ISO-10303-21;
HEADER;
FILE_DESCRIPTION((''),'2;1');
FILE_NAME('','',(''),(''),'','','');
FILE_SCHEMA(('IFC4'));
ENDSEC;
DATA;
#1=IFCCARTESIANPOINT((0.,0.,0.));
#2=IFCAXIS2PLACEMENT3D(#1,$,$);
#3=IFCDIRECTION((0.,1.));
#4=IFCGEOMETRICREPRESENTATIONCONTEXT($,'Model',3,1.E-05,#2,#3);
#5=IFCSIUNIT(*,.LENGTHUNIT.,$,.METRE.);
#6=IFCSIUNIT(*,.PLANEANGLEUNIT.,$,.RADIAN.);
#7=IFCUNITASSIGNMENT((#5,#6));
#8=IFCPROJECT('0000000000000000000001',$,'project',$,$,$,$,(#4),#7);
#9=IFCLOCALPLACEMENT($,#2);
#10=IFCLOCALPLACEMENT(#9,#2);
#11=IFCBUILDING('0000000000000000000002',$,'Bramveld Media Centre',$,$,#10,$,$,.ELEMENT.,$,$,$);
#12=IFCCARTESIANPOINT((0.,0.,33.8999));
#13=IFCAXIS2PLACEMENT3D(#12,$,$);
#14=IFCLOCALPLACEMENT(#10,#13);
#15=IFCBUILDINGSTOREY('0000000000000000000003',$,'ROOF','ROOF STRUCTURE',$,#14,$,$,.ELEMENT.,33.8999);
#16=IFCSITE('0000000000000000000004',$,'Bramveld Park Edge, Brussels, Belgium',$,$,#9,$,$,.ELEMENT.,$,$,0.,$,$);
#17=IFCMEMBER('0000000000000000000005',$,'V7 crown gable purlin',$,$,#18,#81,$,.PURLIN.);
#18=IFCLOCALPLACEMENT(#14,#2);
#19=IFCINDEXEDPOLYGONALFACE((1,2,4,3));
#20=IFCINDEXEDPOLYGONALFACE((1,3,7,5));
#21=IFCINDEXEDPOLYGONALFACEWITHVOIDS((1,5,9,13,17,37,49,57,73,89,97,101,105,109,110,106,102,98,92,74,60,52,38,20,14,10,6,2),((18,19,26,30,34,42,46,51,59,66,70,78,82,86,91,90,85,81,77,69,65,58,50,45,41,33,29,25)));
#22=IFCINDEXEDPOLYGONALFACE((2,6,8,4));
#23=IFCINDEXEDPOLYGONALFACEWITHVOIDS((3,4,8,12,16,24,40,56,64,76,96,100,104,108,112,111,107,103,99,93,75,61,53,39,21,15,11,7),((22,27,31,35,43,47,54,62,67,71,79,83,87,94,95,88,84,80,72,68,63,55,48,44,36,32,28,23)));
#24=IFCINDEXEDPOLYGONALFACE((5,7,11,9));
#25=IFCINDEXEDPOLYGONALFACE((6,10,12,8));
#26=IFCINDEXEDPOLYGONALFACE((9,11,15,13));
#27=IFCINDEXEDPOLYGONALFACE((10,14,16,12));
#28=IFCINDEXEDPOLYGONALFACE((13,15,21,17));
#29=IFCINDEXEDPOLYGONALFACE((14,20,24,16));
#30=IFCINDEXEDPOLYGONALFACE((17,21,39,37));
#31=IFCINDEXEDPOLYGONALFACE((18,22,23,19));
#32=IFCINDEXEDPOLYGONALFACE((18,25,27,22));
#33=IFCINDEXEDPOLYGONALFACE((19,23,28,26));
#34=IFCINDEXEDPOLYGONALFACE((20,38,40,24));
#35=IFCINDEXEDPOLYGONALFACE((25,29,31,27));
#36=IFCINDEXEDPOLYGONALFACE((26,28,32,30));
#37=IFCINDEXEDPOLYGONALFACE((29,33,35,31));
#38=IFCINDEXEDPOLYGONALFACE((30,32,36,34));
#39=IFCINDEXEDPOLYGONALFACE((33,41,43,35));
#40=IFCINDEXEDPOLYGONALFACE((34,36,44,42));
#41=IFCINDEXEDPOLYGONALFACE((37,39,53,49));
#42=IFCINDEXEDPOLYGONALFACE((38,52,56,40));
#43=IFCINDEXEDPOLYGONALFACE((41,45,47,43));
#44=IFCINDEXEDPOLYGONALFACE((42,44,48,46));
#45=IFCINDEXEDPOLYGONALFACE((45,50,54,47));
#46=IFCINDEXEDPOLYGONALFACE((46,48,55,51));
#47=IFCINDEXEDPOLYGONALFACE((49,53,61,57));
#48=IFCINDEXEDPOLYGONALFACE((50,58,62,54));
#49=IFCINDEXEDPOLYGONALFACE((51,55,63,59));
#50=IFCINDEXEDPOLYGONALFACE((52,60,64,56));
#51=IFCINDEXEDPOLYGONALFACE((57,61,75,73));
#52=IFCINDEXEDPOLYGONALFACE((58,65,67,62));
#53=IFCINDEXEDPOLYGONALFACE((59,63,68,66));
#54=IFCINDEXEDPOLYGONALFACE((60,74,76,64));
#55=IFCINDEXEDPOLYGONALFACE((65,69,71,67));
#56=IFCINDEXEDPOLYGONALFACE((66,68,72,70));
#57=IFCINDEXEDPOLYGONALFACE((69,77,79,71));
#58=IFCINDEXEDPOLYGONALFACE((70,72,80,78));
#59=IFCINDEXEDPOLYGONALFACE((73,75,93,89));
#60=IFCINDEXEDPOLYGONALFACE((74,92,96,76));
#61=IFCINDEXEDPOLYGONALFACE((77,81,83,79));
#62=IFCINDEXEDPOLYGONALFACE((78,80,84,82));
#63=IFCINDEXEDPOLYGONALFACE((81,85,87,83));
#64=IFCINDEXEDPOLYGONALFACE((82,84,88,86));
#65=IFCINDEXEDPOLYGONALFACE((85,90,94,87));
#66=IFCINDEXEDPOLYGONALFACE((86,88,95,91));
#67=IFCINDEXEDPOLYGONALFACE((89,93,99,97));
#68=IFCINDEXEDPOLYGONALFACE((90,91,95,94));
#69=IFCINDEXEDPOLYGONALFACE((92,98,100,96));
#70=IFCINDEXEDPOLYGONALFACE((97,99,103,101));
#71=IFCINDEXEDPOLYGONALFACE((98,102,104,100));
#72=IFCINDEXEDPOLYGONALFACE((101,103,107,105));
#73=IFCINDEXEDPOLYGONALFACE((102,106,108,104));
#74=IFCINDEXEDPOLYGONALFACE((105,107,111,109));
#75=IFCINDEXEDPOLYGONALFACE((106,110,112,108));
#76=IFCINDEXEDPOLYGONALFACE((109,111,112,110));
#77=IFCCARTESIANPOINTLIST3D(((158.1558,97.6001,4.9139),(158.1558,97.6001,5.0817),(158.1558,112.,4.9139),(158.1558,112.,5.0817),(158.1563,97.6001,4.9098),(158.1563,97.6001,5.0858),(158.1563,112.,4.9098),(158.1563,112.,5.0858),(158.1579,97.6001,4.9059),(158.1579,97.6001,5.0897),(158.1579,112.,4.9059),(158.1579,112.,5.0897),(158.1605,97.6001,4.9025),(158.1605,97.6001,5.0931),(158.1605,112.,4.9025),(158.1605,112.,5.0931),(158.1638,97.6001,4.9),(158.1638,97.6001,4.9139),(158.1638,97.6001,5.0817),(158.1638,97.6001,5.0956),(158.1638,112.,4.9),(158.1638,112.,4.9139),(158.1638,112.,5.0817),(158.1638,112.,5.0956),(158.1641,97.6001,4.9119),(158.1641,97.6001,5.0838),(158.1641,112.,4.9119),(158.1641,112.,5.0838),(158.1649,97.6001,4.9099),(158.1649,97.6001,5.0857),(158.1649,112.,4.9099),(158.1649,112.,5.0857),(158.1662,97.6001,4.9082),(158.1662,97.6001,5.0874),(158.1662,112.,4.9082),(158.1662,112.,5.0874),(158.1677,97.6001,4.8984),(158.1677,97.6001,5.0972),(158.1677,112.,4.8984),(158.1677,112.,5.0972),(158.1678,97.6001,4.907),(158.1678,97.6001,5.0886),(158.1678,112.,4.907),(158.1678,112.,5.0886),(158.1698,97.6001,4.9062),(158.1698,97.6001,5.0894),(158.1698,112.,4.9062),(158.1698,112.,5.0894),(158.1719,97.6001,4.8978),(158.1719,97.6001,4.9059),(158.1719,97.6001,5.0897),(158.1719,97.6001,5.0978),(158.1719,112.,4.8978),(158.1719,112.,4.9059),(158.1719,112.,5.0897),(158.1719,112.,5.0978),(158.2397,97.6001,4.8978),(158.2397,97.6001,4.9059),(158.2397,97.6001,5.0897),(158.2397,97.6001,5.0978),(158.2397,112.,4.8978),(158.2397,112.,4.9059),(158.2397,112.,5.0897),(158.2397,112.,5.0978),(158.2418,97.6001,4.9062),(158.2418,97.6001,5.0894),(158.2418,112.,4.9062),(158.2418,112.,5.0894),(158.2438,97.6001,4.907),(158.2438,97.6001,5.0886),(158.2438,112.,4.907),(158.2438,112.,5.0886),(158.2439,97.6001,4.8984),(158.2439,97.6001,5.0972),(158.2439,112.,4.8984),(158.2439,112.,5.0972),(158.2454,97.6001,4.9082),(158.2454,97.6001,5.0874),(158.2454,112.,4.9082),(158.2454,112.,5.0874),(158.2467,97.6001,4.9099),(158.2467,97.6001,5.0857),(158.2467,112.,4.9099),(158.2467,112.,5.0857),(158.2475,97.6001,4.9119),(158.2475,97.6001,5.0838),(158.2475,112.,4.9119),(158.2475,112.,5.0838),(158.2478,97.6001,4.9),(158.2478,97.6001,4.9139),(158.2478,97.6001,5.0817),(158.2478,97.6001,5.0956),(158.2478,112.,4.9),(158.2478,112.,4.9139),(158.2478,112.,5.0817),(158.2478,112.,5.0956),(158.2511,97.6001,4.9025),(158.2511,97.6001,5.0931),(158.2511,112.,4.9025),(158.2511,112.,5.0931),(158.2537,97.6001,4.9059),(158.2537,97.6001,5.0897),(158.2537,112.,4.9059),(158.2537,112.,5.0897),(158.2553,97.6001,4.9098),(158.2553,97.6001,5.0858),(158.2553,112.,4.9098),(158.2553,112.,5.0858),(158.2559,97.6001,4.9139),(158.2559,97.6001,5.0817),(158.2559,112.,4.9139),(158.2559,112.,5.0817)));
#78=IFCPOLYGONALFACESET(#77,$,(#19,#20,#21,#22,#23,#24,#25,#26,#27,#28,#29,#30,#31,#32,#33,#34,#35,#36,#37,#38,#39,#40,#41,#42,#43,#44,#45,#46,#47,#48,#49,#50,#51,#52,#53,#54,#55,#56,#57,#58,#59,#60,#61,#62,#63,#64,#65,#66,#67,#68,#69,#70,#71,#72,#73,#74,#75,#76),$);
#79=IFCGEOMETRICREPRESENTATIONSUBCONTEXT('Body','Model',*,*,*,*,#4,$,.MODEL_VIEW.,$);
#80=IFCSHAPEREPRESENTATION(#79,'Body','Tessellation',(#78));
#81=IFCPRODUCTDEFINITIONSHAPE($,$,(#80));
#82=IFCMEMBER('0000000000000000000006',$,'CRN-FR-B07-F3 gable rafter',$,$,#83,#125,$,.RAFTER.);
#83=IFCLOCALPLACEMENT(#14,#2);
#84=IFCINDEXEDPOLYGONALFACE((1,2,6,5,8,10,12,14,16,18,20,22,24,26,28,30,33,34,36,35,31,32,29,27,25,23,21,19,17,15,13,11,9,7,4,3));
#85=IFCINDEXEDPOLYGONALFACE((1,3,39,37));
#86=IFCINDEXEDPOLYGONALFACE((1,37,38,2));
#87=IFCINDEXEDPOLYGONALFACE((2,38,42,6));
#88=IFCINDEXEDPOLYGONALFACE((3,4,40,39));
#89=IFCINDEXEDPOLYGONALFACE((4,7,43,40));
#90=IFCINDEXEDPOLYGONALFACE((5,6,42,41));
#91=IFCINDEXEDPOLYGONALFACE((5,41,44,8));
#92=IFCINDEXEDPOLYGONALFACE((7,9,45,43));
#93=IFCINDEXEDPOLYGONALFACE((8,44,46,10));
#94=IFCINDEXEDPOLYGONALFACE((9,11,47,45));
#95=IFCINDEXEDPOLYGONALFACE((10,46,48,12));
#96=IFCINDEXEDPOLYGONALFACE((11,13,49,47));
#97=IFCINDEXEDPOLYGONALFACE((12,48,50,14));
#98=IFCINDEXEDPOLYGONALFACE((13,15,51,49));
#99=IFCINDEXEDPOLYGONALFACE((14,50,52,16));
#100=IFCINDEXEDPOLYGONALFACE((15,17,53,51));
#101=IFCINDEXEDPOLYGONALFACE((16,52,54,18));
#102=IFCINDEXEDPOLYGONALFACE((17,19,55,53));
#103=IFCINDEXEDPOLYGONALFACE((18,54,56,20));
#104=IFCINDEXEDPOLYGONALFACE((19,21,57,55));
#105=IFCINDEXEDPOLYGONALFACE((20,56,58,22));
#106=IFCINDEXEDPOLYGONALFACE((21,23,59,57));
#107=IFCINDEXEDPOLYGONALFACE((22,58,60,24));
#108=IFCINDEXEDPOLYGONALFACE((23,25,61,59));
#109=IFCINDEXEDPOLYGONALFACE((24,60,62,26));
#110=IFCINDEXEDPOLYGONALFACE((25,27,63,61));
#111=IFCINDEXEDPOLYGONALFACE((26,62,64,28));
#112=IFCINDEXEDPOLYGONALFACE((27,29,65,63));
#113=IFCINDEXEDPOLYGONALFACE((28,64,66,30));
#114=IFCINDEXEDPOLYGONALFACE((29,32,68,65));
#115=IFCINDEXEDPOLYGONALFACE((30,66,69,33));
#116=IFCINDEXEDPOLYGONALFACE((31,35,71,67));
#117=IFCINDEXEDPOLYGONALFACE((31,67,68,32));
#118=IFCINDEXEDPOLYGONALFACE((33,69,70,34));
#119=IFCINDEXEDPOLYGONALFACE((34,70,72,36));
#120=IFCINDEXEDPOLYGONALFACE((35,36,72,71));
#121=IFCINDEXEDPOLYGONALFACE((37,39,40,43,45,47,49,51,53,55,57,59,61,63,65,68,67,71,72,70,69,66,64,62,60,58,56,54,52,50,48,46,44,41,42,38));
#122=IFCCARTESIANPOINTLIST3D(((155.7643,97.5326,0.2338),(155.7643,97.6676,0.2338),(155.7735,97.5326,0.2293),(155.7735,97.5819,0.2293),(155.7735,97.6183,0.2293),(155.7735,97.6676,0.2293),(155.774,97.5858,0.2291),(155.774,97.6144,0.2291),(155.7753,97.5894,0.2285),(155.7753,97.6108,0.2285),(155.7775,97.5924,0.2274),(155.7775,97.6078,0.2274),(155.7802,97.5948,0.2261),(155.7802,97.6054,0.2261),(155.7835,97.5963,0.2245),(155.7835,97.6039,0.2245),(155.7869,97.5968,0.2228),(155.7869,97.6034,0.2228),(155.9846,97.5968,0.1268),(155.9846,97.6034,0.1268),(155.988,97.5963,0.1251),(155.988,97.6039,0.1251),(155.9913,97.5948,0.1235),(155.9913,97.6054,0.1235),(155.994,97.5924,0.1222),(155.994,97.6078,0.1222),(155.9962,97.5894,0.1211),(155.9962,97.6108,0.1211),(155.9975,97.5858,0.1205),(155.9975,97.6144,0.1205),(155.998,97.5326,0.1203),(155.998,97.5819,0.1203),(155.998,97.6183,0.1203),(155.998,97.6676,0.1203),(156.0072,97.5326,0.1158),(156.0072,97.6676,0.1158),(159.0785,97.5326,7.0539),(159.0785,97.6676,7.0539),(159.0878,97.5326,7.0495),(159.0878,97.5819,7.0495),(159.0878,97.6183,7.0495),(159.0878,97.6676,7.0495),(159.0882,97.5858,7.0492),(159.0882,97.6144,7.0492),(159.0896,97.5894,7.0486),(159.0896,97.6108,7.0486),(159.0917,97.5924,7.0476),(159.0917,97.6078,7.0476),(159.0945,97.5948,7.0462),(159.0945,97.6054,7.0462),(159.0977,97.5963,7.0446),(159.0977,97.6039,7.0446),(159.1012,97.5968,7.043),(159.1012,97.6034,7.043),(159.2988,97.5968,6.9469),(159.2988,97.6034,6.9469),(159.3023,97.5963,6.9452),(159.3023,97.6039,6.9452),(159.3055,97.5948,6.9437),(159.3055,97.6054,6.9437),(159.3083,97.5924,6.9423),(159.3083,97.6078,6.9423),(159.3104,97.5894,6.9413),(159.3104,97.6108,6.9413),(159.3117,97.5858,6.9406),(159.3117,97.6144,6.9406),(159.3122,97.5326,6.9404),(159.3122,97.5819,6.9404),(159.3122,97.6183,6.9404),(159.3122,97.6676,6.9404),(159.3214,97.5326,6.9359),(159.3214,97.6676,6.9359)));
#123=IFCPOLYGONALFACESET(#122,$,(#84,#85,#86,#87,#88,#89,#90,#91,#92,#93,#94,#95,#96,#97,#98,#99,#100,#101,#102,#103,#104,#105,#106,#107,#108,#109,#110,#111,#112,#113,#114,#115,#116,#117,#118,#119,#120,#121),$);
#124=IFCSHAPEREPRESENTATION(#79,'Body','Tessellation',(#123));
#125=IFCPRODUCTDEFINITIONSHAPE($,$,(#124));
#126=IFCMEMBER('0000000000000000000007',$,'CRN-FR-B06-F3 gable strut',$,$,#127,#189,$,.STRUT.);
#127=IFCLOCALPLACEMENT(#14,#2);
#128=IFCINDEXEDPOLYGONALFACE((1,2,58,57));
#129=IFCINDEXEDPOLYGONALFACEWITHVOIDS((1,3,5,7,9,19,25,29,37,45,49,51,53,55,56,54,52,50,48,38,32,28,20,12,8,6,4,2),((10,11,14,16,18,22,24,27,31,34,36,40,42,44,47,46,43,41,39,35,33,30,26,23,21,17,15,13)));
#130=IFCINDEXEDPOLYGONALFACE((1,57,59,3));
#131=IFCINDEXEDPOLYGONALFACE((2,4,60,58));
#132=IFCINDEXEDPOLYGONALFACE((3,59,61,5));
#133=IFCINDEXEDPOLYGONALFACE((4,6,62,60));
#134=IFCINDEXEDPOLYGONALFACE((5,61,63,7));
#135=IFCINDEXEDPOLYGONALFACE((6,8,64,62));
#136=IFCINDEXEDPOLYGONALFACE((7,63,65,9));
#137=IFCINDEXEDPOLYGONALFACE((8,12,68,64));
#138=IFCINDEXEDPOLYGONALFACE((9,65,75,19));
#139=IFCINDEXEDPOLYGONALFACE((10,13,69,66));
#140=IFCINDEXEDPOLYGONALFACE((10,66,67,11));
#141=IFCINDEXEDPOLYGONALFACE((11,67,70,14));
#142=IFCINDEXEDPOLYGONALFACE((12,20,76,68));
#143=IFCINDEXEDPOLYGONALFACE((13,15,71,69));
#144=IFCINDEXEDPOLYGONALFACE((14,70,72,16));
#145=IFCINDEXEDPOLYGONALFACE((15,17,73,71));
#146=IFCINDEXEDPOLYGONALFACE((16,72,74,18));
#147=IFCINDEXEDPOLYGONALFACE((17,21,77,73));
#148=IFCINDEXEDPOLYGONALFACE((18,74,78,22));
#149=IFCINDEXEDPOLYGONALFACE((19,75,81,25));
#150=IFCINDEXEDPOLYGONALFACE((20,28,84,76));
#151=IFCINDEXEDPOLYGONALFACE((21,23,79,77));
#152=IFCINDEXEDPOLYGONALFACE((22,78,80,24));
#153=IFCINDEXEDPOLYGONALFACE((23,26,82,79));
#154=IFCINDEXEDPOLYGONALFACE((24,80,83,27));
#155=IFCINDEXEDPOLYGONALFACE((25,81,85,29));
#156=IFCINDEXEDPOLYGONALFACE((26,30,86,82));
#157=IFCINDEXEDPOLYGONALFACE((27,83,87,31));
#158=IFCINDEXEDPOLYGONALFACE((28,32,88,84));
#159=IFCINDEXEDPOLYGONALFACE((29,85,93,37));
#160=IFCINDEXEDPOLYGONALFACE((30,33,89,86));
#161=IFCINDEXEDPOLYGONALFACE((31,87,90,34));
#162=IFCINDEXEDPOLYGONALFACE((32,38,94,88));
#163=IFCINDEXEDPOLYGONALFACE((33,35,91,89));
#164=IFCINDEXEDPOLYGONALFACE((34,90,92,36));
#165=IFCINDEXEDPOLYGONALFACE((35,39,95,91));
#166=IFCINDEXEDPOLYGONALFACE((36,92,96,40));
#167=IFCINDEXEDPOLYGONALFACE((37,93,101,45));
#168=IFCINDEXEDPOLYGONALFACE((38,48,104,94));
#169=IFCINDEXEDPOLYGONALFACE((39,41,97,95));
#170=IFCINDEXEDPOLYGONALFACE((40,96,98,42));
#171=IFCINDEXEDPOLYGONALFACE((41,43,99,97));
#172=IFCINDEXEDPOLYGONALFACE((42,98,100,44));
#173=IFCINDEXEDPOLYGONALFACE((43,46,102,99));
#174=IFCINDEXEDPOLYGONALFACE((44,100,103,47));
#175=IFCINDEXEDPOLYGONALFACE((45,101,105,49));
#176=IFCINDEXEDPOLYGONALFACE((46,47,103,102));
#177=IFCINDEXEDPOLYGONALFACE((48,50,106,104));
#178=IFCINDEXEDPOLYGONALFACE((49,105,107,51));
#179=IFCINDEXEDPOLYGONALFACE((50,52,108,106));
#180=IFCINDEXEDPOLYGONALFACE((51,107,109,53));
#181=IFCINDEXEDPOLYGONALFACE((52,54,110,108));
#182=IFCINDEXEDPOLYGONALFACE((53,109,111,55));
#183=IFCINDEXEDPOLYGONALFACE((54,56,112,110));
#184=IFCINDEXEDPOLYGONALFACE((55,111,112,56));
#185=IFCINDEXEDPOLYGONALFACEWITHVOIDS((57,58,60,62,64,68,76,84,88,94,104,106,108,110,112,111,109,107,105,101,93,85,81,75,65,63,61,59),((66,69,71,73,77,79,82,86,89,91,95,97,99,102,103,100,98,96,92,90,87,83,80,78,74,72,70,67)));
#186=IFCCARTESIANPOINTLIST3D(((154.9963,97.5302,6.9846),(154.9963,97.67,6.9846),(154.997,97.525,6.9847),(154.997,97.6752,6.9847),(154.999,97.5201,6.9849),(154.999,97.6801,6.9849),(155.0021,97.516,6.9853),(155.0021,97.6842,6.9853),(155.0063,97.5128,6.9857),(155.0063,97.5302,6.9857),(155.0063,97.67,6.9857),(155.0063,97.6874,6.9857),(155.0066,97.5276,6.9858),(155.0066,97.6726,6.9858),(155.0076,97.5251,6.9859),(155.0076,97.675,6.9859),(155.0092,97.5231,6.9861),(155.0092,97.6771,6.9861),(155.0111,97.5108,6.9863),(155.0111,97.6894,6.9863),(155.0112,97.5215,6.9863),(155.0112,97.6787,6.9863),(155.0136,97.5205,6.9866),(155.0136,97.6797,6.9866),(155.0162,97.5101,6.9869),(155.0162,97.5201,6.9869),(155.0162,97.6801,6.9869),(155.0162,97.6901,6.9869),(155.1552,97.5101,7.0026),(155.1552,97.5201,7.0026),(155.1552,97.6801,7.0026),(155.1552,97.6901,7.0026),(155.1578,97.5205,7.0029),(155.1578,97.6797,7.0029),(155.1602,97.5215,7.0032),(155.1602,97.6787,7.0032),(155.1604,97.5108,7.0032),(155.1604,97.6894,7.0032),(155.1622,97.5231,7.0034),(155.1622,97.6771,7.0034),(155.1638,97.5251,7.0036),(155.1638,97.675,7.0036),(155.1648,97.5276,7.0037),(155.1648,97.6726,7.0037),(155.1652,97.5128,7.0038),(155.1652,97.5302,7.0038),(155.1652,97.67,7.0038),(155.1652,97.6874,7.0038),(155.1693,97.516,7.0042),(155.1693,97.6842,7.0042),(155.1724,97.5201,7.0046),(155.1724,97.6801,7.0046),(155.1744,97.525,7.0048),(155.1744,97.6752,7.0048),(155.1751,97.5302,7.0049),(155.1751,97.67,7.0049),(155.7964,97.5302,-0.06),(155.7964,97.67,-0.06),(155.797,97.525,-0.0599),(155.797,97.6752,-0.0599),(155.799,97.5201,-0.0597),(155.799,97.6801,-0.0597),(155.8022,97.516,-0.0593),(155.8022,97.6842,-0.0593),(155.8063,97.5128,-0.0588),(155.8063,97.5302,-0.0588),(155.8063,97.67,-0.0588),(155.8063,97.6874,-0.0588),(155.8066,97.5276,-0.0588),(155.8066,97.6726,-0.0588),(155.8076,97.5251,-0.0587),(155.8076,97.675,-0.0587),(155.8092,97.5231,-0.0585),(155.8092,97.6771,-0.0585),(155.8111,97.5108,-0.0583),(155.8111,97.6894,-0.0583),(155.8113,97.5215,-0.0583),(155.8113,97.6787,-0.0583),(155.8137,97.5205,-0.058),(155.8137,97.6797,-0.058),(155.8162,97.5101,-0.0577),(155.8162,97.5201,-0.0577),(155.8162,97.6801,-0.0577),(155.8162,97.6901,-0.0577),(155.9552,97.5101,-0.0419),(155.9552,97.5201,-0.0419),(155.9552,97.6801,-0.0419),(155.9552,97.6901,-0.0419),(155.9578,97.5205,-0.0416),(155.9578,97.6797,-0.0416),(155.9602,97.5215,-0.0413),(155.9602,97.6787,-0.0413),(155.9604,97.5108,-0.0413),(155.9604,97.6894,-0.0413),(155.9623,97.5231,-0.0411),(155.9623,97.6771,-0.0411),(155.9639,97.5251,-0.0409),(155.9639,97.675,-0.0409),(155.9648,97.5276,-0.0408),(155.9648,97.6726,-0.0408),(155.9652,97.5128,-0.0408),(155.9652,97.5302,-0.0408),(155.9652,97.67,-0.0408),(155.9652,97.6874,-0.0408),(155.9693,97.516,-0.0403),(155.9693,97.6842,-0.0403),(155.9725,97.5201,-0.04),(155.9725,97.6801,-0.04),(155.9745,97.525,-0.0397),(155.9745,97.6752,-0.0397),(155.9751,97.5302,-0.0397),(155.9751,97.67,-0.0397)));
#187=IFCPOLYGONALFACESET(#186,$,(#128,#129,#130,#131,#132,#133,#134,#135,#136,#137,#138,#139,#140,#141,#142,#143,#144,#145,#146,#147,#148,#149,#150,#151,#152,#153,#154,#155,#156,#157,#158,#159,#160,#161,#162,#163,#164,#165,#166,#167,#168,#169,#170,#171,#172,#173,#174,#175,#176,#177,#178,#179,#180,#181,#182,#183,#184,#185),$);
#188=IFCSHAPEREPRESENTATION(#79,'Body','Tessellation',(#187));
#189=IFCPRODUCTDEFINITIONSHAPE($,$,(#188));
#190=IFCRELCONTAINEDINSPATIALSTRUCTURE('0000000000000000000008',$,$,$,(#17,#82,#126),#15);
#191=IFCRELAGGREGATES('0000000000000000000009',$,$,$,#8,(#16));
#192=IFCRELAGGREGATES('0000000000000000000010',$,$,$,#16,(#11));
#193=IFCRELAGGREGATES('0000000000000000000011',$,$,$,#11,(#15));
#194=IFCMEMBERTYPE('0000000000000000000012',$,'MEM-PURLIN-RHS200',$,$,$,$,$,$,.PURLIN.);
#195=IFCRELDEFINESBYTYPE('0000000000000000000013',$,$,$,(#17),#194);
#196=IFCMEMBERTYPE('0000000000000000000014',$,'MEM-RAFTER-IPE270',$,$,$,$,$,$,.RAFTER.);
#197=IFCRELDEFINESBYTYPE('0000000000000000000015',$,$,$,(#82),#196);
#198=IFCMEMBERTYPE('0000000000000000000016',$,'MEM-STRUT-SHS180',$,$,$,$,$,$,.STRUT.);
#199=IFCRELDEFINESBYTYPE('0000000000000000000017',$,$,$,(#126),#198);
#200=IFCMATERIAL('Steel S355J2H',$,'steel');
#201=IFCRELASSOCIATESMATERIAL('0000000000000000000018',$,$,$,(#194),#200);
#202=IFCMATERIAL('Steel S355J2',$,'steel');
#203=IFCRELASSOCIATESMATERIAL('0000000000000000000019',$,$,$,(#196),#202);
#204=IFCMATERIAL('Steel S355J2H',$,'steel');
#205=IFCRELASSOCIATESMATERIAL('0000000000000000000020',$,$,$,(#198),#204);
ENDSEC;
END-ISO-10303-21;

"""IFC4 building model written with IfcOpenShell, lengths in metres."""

from ifc_helpers import new_model, si_unit, direction, frame, origin, origin_2d, place, context, subcontext, project, spatial, hollow_rectangle, i_section, extrude, material, material_profile, profile_set, type_object, element, save


model = new_model("IFC4")

# Units and contexts
model_context = context("Model", 3, precision=1e-05, world=origin(), true_north=direction((0.0, 1.0)))
body_context = subcontext(model_context, "Body", "Model", "MODEL_VIEW")
ifc_project = project(units=[si_unit("LENGTHUNIT", "METRE"), si_unit("PLANEANGLEUNIT", "RADIAN")], contexts=[model_context])

# Site, building, storey
site_placement = place(None, origin())
site = spatial("IfcSite", under=ifc_project, at=site_placement, Name="Bramveld Park Edge, Brussels, Belgium", CompositionType="ELEMENT", RefElevation=0.0)
building_placement = place(site_placement, origin())
building = spatial("IfcBuilding", under=site, at=building_placement, Name="Bramveld Media Centre", CompositionType="ELEMENT")
storey_placement = place(building_placement, frame((0.0, 0.0, 33.8999)))
storey = spatial("IfcBuildingStorey", under=building, at=storey_placement, Name="ROOF", Description="ROOF STRUCTURE", CompositionType="ELEMENT", Elevation=33.8999)

# Members
ifc_material_1 = material(Name="Steel S355J2H", Category="steel")
ifc_material_profile_1 = material_profile(ifc_material_1, hollow_rectangle(XDim=0.1001, YDim=0.2, WallThickness=0.0081, InnerFilletRadius=0.0081, OuterFilletRadius=0.0161, at=origin_2d()), Name="RHS 200x100x8")
ifc_profile_set_1 = profile_set([ifc_material_profile_1], Name="Steel S355J2H")
member_type_1 = type_object("IfcMemberType", Name="MEM-PURLIN-RHS200", PredefinedType="PURLIN", material=ifc_profile_set_1)
for number, where, z_axis, x_axis, name in (
    (1, (158.2058, 97.6001, 4.9978), (0.0, 1.0, 0.0), (-1.0, 0.0, 0.0), "V7 crown gable purlin"),
):
    element("IfcMember", number, at=place(storey_placement, frame(where, z_axis=z_axis, x_axis=x_axis)), inside=storey, type_object=member_type_1, Name=name, PredefinedType="PURLIN", context=body_context, shape_type="SweptSolid", body=[
        extrude(hollow_rectangle(XDim=0.1001, YDim=0.2, WallThickness=0.0081, InnerFilletRadius=0.0081, OuterFilletRadius=0.0161, at=origin_2d()), origin(), (0.0, 0.0, 1.0), 14.3999),
    ])
ifc_material_2 = material(Name="Steel S355J2", Category="steel")
ifc_material_profile_2 = material_profile(ifc_material_2, i_section(OverallWidth=0.135, OverallDepth=0.27, WebThickness=0.0066, FlangeThickness=0.0103, FilletRadius=0.0149, at=origin_2d()), Name="IPE 270")
ifc_profile_set_2 = profile_set([ifc_material_profile_2], Name="Steel S355J2")
member_type_2 = type_object("IfcMemberType", Name="MEM-RAFTER-IPE270", PredefinedType="RAFTER", material=ifc_profile_set_2)
member_1_placement = place(storey_placement, frame((155.8857, 97.6001, 0.1748), z_axis=(0.437075, 0.0, 0.899425), x_axis=(0.0, 1.0, 0.0)))
element("IfcMember", 2, at=member_1_placement, inside=storey, type_object=member_type_2, Name="CRN-FR-B07-F3 gable rafter", PredefinedType="RAFTER", context=body_context, shape_type="SweptSolid", body=[
    extrude(i_section(OverallWidth=0.135, OverallDepth=0.27, WebThickness=0.0066, FlangeThickness=0.0103, FilletRadius=0.0149, at=origin_2d()), origin(), (0.0, 0.0, 1.0), 7.5828),
])
ifc_material_3 = material(Name="Steel S355J2H", Category="steel")
ifc_material_profile_3 = material_profile(ifc_material_3, hollow_rectangle(XDim=0.1799, YDim=0.1799, WallThickness=0.01, InnerFilletRadius=0.01, OuterFilletRadius=0.02, at=origin_2d()), Name="SHS 180x180x10")
ifc_profile_set_3 = profile_set([ifc_material_profile_3], Name="Steel S355J2H")
member_type_3 = type_object("IfcMemberType", Name="MEM-STRUT-SHS180", PredefinedType="STRUT", material=ifc_profile_set_3)
for number, where, z_axis, x_axis, name in (
    (3, (155.8857, 97.6001, -0.0498), (-0.112842, 0.0, 0.993613), (0.0, -1.0, 0.0), "CRN-FR-B06-F3 gable strut"),
):
    element("IfcMember", number, at=place(storey_placement, frame(where, z_axis=z_axis, x_axis=x_axis)), inside=storey, type_object=member_type_3, Name=name, PredefinedType="STRUT", context=body_context, shape_type="SweptSolid", body=[
        extrude(hollow_rectangle(XDim=0.1799, YDim=0.1799, WallThickness=0.01, InnerFilletRadius=0.01, OuterFilletRadius=0.02, at=origin_2d()), origin(), (0.0, 0.0, 1.0), 7.0898),
    ])

save(model, "model.ifc")
